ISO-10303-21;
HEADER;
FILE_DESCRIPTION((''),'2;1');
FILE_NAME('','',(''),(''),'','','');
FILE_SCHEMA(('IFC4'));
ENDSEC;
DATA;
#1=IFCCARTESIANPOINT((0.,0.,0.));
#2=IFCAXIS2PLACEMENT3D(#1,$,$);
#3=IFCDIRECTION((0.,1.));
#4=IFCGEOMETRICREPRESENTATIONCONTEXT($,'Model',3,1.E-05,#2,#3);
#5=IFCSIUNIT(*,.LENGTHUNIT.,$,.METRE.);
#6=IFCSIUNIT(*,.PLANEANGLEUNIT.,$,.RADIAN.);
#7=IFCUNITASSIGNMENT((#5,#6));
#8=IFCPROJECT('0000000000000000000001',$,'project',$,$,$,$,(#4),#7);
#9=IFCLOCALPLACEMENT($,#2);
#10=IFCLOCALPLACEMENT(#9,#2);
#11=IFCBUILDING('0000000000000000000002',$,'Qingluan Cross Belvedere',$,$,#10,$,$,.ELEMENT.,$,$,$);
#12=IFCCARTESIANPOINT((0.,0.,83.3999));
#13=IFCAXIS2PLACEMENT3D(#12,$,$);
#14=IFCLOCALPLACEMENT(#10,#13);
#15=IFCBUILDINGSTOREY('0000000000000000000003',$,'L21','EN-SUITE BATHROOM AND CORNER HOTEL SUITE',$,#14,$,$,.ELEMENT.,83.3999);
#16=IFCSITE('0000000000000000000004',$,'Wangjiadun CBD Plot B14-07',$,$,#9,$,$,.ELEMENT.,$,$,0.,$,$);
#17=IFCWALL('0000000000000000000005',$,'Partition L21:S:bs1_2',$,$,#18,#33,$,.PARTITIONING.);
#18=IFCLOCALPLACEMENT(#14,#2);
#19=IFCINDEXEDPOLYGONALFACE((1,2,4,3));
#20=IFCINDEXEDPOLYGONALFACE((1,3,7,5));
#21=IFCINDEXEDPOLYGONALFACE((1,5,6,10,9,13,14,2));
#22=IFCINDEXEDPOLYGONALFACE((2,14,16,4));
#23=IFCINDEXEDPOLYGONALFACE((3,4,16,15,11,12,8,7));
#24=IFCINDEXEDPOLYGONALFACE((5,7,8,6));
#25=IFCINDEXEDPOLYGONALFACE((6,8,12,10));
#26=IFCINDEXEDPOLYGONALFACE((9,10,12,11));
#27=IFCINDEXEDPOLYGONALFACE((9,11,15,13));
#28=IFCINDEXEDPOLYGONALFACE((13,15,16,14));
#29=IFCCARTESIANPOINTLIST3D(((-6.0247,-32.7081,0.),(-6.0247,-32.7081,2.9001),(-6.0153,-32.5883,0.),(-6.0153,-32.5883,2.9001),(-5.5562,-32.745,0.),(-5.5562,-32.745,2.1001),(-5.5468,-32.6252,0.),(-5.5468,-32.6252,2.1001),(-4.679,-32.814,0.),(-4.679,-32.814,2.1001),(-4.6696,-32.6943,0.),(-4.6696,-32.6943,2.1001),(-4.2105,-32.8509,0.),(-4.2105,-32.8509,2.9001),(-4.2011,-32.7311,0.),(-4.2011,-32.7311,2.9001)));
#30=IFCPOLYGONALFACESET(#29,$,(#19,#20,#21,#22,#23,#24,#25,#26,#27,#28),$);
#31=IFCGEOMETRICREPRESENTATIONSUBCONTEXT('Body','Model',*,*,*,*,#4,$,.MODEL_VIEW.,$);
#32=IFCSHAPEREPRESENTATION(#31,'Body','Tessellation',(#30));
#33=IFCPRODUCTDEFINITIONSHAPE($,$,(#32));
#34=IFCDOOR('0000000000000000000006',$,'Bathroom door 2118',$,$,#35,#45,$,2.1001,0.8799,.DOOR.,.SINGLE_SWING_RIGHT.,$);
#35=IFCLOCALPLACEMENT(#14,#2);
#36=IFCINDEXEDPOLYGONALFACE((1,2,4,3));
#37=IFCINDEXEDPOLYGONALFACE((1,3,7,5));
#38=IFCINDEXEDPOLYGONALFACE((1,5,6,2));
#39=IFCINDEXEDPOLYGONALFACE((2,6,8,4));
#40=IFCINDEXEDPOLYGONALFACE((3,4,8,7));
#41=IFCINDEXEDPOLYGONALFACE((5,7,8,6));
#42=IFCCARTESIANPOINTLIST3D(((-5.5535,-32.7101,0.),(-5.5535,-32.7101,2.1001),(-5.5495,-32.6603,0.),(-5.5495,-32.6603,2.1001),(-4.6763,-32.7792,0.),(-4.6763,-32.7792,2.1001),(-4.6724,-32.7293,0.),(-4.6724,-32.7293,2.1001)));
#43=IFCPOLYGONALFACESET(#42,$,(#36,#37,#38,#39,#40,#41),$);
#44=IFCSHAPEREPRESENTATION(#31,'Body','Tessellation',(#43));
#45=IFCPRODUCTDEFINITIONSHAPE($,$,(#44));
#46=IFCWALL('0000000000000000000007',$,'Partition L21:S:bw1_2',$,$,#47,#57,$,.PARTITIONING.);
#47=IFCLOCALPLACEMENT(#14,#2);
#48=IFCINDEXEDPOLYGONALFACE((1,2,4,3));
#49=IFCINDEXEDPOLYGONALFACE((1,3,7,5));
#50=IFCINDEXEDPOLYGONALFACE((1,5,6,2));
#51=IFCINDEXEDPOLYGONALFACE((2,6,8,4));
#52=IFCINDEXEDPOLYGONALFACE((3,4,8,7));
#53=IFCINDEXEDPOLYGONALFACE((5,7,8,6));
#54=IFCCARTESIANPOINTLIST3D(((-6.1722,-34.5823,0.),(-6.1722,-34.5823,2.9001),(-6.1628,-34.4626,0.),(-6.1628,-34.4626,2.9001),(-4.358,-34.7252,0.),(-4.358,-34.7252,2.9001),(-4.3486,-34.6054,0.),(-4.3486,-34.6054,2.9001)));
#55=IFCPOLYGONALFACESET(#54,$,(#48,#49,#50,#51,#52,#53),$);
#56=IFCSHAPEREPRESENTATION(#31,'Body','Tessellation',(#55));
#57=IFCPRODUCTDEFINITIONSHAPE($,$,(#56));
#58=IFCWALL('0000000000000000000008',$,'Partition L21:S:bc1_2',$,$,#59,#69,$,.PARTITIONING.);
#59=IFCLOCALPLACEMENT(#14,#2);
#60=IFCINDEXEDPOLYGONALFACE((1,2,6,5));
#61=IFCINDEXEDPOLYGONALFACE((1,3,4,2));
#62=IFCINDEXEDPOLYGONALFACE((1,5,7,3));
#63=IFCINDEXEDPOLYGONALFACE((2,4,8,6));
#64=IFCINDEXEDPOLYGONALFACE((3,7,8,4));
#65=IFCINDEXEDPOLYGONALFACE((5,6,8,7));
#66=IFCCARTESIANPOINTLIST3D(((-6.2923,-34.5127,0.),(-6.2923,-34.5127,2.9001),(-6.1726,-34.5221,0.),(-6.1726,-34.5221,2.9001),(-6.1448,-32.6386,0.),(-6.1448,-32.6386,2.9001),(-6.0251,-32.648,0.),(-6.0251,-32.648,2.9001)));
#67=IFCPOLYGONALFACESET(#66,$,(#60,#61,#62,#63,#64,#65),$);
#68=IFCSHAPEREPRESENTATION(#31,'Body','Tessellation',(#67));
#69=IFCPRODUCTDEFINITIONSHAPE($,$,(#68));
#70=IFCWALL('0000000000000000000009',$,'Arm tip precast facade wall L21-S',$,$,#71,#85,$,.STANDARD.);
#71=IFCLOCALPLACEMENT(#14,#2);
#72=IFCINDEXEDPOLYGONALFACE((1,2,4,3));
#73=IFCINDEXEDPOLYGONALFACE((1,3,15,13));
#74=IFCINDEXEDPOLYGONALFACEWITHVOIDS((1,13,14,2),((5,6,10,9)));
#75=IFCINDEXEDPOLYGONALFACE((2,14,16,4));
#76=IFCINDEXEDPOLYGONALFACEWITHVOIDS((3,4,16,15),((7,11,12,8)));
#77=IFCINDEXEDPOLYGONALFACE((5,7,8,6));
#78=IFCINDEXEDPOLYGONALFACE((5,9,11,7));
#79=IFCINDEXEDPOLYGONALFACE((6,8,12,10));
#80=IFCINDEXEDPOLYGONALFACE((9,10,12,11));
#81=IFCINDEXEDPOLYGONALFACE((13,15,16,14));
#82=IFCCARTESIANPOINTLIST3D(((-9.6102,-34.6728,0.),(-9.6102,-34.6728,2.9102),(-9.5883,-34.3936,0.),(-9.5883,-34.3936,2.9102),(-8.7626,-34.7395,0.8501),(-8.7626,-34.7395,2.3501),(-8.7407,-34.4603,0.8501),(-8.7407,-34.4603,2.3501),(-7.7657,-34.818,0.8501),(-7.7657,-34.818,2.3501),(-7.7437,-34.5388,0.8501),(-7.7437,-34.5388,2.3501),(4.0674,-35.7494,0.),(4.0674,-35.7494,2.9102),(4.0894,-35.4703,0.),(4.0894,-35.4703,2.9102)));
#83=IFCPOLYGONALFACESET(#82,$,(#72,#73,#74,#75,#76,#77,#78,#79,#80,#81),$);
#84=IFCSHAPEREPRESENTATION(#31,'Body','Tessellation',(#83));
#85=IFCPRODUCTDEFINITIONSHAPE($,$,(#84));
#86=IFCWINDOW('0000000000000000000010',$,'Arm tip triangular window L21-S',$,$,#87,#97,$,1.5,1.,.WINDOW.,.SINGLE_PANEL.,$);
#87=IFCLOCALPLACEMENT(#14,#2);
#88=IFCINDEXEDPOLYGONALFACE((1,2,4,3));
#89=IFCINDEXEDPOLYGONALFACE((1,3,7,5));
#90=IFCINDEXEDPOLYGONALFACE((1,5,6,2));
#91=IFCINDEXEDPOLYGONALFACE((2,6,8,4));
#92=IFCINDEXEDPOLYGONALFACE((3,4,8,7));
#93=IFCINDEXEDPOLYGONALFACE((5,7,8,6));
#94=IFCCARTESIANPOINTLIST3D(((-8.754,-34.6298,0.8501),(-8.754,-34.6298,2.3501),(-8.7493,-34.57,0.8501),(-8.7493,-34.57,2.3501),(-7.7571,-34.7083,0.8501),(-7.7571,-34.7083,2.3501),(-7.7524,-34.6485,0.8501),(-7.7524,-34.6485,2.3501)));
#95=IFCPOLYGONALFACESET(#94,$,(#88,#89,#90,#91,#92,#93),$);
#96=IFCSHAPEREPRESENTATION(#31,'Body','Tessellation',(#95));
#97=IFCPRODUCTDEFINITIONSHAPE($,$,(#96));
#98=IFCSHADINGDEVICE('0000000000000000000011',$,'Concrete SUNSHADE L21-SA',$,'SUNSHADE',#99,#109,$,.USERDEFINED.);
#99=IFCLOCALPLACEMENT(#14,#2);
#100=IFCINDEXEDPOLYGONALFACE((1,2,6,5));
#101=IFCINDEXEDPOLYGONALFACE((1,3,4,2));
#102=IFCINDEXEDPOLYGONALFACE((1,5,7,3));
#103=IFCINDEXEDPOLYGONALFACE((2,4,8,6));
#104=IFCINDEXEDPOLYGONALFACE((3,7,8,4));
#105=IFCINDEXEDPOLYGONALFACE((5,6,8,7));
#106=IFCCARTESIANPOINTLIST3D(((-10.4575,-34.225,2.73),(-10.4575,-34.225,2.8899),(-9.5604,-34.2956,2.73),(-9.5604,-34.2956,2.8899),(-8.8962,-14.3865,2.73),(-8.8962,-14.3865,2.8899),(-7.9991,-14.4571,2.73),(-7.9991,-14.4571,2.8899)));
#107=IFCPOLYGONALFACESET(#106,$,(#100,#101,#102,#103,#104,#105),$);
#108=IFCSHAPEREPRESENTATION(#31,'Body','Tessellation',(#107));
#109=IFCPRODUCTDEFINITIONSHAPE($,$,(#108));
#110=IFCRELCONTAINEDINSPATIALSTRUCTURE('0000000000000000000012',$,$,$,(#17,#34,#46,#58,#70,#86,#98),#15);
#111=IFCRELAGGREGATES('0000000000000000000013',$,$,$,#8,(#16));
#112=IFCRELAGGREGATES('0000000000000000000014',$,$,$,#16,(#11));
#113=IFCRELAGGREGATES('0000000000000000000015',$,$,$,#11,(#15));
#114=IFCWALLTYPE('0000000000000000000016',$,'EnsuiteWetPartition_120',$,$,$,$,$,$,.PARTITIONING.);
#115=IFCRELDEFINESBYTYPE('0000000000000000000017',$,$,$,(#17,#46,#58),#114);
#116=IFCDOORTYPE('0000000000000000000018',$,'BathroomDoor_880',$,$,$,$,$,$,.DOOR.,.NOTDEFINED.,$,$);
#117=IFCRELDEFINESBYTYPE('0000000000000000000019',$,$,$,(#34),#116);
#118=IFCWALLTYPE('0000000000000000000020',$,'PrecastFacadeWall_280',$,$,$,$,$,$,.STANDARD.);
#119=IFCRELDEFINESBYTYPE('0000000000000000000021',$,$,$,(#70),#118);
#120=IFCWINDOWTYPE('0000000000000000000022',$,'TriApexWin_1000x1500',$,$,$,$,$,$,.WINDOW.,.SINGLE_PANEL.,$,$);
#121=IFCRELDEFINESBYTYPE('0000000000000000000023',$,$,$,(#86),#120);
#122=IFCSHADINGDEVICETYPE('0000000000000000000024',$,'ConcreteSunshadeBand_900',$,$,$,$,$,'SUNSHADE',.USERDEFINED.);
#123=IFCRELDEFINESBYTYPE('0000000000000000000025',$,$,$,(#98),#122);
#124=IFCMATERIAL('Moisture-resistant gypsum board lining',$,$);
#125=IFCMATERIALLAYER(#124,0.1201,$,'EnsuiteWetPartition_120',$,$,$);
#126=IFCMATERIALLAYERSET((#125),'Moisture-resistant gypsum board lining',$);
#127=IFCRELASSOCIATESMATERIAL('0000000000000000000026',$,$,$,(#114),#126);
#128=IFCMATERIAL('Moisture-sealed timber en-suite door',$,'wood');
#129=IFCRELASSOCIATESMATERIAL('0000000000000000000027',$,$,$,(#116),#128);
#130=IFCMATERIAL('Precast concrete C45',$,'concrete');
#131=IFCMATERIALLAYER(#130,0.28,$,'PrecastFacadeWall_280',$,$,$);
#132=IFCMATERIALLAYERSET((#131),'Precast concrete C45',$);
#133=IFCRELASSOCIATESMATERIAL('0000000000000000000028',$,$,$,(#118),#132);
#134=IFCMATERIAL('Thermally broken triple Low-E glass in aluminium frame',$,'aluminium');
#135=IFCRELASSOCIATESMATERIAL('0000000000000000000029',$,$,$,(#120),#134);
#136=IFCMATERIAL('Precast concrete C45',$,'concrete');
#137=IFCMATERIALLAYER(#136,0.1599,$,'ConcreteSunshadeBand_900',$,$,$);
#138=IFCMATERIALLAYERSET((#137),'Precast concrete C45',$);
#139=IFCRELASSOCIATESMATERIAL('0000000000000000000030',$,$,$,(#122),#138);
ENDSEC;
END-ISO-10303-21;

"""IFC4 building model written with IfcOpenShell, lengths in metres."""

from ifc_helpers import new_model, si_unit, direction, frame, frame_2d, origin, origin_2d, place, context, subcontext, project, spatial, rectangle, extrude, material, layer, layer_set, type_object, element, fill, save


model = new_model("IFC4")

# Units and contexts
model_context = context("Model", 3, precision=1e-05, world=origin(), true_north=direction((0.0, 1.0)))
body_context = subcontext(model_context, "Body", "Model", "MODEL_VIEW")
ifc_project = project(units=[si_unit("LENGTHUNIT", "METRE"), si_unit("PLANEANGLEUNIT", "RADIAN")], contexts=[model_context])

# Site, building, storey
site_placement = place(None, origin())
site = spatial("IfcSite", under=ifc_project, at=site_placement, Name="Wangjiadun CBD Plot B14-07", CompositionType="ELEMENT", RefElevation=0.0)
building_placement = place(site_placement, origin())
building = spatial("IfcBuilding", under=site, at=building_placement, Name="Qingluan Cross Belvedere", CompositionType="ELEMENT")
storey_placement = place(building_placement, frame((0.0, 0.0, 83.3999)))
storey = spatial("IfcBuildingStorey", under=building, at=storey_placement, Name="L21", Description="EN-SUITE BATHROOM AND CORNER HOTEL SUITE", CompositionType="ELEMENT", Elevation=83.3999)

# Shared definitions
ifc_material_1 = material(Name="Moisture-resistant gypsum board lining")
ifc_layer_1 = layer(ifc_material_1, 0.1201, Name="EnsuiteWetPartition_120")
ifc_layer_set_1 = layer_set([ifc_layer_1], Name="Moisture-resistant gypsum board lining")
wall_type_1 = type_object("IfcWallType", Name="EnsuiteWetPartition_120", PredefinedType="PARTITIONING", material=ifc_layer_set_1)

# Shared definitions
ifc_material_2 = material(Name="Moisture-sealed timber en-suite door", Category="wood")
door_type = type_object("IfcDoorType", Name="BathroomDoor_880", OperationType="NOTDEFINED", PredefinedType="DOOR", material=ifc_material_2)

# Wall, opening, door
wall_1_placement = place(storey_placement, frame((-6.02, -32.6482, 0.0), z_axis=(0.0, 0.0, 1.0), x_axis=(0.996916, -0.078481, 0.0)))
wall_1 = element("IfcWall", 1, at=wall_1_placement, inside=storey, type_object=wall_type_1, Name="Partition L21:S:bs1_2", PredefinedType="PARTITIONING", context=body_context, shape_type="SweptSolid", body=[
    extrude(rectangle(XDim=1.8198, YDim=0.1201, at=frame_2d((0.9099, 0.0))), origin(), (0.0, 0.0, 1.0), 2.9001),
])
opening_1_placement = place(wall_1_placement, frame((0.47, 0.0, 0.0)))
opening_1 = element("IfcOpeningElement", 2, at=opening_1_placement, cuts=wall_1, PredefinedType="OPENING", context=body_context, shape_type="SweptSolid", body=[
    extrude(rectangle(XDim=0.8799, YDim=2.1001, at=frame_2d((0.4399, 1.05))), frame((0.0, 0.0701, 0.0), z_axis=(0.0, -1.0, 0.0), x_axis=(1.0, 0.0, 0.0)), (0.0, 0.0, 1.0), 0.1401),
])
door_1_placement = place(opening_1_placement, origin())
door_1 = element("IfcDoor", 3, at=door_1_placement, inside=storey, type_object=door_type, Name="Bathroom door 2118", OperationType="SINGLE_SWING_RIGHT", OverallHeight=2.1001, OverallWidth=0.8799, PredefinedType="DOOR", context=body_context, shape_type="SweptSolid", body=[
    extrude(rectangle(XDim=0.8799, YDim=2.1001, at=frame_2d((0.4399, 1.05))), frame((0.0, 0.0249, 0.0), z_axis=(0.0, -1.0, 0.0), x_axis=(1.0, 0.0, 0.0)), (0.0, 0.0, 1.0), 0.05),
])
fill(opening_1, door_1)

# Walls
wall_2_placement = place(storey_placement, frame((-6.1675, -34.5225, 0.0), z_axis=(0.0, 0.0, 1.0), x_axis=(0.996916, -0.078481, 0.0)))
element("IfcWall", 4, at=wall_2_placement, inside=storey, type_object=wall_type_1, Name="Partition L21:S:bw1_2", PredefinedType="PARTITIONING", context=body_context, shape_type="SweptSolid", body=[
    extrude(rectangle(XDim=1.8198, YDim=0.1201, at=frame_2d((0.9099, 0.0))), origin(), (0.0, 0.0, 1.0), 2.9001),
])
wall_3_placement = place(storey_placement, frame((-6.085, -32.6433, 0.0), z_axis=(0.0, 0.0, 1.0), x_axis=(-0.078444, -0.996918, 0.0)))
element("IfcWall", 5, at=wall_3_placement, inside=storey, type_object=wall_type_1, Name="Partition L21:S:bc1_2", PredefinedType="PARTITIONING", context=body_context, shape_type="SweptSolid", body=[
    extrude(rectangle(XDim=1.8799, YDim=0.1201, at=frame_2d((0.9399, 0.0))), origin(), (0.0, 0.0, 1.0), 2.9001),
])

# Wall, opening, window
ifc_material_3 = material(Name="Precast concrete C45", Category="concrete")
ifc_layer_2 = layer(ifc_material_3, 0.28, Name="PrecastFacadeWall_280")
ifc_layer_set_2 = layer_set([ifc_layer_2], Name="Precast concrete C45")
wall_type_2 = type_object("IfcWallType", Name="PrecastFacadeWall_280", PredefinedType="STANDARD", material=ifc_layer_set_2)
wall_4_placement = place(storey_placement, frame((-9.5991, -34.5332, 0.0), z_axis=(0.0, 0.0, 1.0), x_axis=(0.996916, -0.078474, 0.0)))
wall_4 = element("IfcWall", 6, at=wall_4_placement, inside=storey, type_object=wall_type_2, Name="Arm tip precast facade wall L21-S", PredefinedType="STANDARD", context=body_context, shape_type="SweptSolid", body=[
    extrude(rectangle(XDim=13.72, YDim=0.28, at=frame_2d((6.8599, 0.0))), origin(), (0.0, 0.0, 1.0), 2.9102),
])
opening_2_placement = place(wall_4_placement, frame((0.8501, 0.0, 0.8501)))
opening_2 = element("IfcOpeningElement", 7, at=opening_2_placement, cuts=wall_4, PredefinedType="OPENING", context=body_context, shape_type="SweptSolid", body=[
    extrude(rectangle(XDim=1.0, YDim=1.5, at=frame_2d((0.5, 0.75))), frame((0.0, 0.1499, 0.0), z_axis=(0.0, -1.0, 0.0), x_axis=(1.0, 0.0, 0.0)), (0.0, 0.0, 1.0), 0.3),
])
ifc_material_4 = material(Name="Thermally broken triple Low-E glass in aluminium frame", Category="aluminium")
window_type = type_object("IfcWindowType", Name="TriApexWin_1000x1500", PartitioningType="SINGLE_PANEL", PredefinedType="WINDOW", material=ifc_material_4)
window_placement = place(opening_2_placement, origin())
window = element("IfcWindow", 8, at=window_placement, inside=storey, type_object=window_type, Name="Arm tip triangular window L21-S", OverallHeight=1.5, OverallWidth=1.0, PartitioningType="SINGLE_PANEL", PredefinedType="WINDOW", context=body_context, shape_type="SweptSolid", body=[
    extrude(rectangle(XDim=1.0, YDim=1.5, at=frame_2d((0.5, 0.75))), frame((0.0, 0.03, 0.0), z_axis=(0.0, -1.0, 0.0), x_axis=(1.0, 0.0, 0.0)), (0.0, 0.0, 1.0), 0.0601),
])
fill(opening_2, window)

# Shading device
ifc_material_5 = material(Name="Precast concrete C45", Category="concrete")
ifc_layer_3 = layer(ifc_material_5, 0.1599, Name="ConcreteSunshadeBand_900")
ifc_layer_set_3 = layer_set([ifc_layer_3], Name="Precast concrete C45")
shading_device_type = type_object("IfcShadingDeviceType", Name="ConcreteSunshadeBand_900", ElementType="SUNSHADE", PredefinedType="USERDEFINED", material=ifc_layer_set_3)
shading_device_placement = place(storey_placement, frame((-9.2283, -24.3411, 2.73), z_axis=(0.0, 0.0, 1.0), x_axis=(-0.078458, -0.996917, 0.0)))
element("IfcShadingDevice", 9, at=shading_device_placement, inside=storey, type_object=shading_device_type, Name="Concrete SUNSHADE L21-SA", ObjectType="SUNSHADE", PredefinedType="USERDEFINED", context=body_context, shape_type="SweptSolid", body=[
    extrude(rectangle(XDim=19.8999, YDim=0.8999, at=origin_2d()), origin(), (0.0, 0.0, 1.0), 0.1599),
])

save(model, "model.ifc")
